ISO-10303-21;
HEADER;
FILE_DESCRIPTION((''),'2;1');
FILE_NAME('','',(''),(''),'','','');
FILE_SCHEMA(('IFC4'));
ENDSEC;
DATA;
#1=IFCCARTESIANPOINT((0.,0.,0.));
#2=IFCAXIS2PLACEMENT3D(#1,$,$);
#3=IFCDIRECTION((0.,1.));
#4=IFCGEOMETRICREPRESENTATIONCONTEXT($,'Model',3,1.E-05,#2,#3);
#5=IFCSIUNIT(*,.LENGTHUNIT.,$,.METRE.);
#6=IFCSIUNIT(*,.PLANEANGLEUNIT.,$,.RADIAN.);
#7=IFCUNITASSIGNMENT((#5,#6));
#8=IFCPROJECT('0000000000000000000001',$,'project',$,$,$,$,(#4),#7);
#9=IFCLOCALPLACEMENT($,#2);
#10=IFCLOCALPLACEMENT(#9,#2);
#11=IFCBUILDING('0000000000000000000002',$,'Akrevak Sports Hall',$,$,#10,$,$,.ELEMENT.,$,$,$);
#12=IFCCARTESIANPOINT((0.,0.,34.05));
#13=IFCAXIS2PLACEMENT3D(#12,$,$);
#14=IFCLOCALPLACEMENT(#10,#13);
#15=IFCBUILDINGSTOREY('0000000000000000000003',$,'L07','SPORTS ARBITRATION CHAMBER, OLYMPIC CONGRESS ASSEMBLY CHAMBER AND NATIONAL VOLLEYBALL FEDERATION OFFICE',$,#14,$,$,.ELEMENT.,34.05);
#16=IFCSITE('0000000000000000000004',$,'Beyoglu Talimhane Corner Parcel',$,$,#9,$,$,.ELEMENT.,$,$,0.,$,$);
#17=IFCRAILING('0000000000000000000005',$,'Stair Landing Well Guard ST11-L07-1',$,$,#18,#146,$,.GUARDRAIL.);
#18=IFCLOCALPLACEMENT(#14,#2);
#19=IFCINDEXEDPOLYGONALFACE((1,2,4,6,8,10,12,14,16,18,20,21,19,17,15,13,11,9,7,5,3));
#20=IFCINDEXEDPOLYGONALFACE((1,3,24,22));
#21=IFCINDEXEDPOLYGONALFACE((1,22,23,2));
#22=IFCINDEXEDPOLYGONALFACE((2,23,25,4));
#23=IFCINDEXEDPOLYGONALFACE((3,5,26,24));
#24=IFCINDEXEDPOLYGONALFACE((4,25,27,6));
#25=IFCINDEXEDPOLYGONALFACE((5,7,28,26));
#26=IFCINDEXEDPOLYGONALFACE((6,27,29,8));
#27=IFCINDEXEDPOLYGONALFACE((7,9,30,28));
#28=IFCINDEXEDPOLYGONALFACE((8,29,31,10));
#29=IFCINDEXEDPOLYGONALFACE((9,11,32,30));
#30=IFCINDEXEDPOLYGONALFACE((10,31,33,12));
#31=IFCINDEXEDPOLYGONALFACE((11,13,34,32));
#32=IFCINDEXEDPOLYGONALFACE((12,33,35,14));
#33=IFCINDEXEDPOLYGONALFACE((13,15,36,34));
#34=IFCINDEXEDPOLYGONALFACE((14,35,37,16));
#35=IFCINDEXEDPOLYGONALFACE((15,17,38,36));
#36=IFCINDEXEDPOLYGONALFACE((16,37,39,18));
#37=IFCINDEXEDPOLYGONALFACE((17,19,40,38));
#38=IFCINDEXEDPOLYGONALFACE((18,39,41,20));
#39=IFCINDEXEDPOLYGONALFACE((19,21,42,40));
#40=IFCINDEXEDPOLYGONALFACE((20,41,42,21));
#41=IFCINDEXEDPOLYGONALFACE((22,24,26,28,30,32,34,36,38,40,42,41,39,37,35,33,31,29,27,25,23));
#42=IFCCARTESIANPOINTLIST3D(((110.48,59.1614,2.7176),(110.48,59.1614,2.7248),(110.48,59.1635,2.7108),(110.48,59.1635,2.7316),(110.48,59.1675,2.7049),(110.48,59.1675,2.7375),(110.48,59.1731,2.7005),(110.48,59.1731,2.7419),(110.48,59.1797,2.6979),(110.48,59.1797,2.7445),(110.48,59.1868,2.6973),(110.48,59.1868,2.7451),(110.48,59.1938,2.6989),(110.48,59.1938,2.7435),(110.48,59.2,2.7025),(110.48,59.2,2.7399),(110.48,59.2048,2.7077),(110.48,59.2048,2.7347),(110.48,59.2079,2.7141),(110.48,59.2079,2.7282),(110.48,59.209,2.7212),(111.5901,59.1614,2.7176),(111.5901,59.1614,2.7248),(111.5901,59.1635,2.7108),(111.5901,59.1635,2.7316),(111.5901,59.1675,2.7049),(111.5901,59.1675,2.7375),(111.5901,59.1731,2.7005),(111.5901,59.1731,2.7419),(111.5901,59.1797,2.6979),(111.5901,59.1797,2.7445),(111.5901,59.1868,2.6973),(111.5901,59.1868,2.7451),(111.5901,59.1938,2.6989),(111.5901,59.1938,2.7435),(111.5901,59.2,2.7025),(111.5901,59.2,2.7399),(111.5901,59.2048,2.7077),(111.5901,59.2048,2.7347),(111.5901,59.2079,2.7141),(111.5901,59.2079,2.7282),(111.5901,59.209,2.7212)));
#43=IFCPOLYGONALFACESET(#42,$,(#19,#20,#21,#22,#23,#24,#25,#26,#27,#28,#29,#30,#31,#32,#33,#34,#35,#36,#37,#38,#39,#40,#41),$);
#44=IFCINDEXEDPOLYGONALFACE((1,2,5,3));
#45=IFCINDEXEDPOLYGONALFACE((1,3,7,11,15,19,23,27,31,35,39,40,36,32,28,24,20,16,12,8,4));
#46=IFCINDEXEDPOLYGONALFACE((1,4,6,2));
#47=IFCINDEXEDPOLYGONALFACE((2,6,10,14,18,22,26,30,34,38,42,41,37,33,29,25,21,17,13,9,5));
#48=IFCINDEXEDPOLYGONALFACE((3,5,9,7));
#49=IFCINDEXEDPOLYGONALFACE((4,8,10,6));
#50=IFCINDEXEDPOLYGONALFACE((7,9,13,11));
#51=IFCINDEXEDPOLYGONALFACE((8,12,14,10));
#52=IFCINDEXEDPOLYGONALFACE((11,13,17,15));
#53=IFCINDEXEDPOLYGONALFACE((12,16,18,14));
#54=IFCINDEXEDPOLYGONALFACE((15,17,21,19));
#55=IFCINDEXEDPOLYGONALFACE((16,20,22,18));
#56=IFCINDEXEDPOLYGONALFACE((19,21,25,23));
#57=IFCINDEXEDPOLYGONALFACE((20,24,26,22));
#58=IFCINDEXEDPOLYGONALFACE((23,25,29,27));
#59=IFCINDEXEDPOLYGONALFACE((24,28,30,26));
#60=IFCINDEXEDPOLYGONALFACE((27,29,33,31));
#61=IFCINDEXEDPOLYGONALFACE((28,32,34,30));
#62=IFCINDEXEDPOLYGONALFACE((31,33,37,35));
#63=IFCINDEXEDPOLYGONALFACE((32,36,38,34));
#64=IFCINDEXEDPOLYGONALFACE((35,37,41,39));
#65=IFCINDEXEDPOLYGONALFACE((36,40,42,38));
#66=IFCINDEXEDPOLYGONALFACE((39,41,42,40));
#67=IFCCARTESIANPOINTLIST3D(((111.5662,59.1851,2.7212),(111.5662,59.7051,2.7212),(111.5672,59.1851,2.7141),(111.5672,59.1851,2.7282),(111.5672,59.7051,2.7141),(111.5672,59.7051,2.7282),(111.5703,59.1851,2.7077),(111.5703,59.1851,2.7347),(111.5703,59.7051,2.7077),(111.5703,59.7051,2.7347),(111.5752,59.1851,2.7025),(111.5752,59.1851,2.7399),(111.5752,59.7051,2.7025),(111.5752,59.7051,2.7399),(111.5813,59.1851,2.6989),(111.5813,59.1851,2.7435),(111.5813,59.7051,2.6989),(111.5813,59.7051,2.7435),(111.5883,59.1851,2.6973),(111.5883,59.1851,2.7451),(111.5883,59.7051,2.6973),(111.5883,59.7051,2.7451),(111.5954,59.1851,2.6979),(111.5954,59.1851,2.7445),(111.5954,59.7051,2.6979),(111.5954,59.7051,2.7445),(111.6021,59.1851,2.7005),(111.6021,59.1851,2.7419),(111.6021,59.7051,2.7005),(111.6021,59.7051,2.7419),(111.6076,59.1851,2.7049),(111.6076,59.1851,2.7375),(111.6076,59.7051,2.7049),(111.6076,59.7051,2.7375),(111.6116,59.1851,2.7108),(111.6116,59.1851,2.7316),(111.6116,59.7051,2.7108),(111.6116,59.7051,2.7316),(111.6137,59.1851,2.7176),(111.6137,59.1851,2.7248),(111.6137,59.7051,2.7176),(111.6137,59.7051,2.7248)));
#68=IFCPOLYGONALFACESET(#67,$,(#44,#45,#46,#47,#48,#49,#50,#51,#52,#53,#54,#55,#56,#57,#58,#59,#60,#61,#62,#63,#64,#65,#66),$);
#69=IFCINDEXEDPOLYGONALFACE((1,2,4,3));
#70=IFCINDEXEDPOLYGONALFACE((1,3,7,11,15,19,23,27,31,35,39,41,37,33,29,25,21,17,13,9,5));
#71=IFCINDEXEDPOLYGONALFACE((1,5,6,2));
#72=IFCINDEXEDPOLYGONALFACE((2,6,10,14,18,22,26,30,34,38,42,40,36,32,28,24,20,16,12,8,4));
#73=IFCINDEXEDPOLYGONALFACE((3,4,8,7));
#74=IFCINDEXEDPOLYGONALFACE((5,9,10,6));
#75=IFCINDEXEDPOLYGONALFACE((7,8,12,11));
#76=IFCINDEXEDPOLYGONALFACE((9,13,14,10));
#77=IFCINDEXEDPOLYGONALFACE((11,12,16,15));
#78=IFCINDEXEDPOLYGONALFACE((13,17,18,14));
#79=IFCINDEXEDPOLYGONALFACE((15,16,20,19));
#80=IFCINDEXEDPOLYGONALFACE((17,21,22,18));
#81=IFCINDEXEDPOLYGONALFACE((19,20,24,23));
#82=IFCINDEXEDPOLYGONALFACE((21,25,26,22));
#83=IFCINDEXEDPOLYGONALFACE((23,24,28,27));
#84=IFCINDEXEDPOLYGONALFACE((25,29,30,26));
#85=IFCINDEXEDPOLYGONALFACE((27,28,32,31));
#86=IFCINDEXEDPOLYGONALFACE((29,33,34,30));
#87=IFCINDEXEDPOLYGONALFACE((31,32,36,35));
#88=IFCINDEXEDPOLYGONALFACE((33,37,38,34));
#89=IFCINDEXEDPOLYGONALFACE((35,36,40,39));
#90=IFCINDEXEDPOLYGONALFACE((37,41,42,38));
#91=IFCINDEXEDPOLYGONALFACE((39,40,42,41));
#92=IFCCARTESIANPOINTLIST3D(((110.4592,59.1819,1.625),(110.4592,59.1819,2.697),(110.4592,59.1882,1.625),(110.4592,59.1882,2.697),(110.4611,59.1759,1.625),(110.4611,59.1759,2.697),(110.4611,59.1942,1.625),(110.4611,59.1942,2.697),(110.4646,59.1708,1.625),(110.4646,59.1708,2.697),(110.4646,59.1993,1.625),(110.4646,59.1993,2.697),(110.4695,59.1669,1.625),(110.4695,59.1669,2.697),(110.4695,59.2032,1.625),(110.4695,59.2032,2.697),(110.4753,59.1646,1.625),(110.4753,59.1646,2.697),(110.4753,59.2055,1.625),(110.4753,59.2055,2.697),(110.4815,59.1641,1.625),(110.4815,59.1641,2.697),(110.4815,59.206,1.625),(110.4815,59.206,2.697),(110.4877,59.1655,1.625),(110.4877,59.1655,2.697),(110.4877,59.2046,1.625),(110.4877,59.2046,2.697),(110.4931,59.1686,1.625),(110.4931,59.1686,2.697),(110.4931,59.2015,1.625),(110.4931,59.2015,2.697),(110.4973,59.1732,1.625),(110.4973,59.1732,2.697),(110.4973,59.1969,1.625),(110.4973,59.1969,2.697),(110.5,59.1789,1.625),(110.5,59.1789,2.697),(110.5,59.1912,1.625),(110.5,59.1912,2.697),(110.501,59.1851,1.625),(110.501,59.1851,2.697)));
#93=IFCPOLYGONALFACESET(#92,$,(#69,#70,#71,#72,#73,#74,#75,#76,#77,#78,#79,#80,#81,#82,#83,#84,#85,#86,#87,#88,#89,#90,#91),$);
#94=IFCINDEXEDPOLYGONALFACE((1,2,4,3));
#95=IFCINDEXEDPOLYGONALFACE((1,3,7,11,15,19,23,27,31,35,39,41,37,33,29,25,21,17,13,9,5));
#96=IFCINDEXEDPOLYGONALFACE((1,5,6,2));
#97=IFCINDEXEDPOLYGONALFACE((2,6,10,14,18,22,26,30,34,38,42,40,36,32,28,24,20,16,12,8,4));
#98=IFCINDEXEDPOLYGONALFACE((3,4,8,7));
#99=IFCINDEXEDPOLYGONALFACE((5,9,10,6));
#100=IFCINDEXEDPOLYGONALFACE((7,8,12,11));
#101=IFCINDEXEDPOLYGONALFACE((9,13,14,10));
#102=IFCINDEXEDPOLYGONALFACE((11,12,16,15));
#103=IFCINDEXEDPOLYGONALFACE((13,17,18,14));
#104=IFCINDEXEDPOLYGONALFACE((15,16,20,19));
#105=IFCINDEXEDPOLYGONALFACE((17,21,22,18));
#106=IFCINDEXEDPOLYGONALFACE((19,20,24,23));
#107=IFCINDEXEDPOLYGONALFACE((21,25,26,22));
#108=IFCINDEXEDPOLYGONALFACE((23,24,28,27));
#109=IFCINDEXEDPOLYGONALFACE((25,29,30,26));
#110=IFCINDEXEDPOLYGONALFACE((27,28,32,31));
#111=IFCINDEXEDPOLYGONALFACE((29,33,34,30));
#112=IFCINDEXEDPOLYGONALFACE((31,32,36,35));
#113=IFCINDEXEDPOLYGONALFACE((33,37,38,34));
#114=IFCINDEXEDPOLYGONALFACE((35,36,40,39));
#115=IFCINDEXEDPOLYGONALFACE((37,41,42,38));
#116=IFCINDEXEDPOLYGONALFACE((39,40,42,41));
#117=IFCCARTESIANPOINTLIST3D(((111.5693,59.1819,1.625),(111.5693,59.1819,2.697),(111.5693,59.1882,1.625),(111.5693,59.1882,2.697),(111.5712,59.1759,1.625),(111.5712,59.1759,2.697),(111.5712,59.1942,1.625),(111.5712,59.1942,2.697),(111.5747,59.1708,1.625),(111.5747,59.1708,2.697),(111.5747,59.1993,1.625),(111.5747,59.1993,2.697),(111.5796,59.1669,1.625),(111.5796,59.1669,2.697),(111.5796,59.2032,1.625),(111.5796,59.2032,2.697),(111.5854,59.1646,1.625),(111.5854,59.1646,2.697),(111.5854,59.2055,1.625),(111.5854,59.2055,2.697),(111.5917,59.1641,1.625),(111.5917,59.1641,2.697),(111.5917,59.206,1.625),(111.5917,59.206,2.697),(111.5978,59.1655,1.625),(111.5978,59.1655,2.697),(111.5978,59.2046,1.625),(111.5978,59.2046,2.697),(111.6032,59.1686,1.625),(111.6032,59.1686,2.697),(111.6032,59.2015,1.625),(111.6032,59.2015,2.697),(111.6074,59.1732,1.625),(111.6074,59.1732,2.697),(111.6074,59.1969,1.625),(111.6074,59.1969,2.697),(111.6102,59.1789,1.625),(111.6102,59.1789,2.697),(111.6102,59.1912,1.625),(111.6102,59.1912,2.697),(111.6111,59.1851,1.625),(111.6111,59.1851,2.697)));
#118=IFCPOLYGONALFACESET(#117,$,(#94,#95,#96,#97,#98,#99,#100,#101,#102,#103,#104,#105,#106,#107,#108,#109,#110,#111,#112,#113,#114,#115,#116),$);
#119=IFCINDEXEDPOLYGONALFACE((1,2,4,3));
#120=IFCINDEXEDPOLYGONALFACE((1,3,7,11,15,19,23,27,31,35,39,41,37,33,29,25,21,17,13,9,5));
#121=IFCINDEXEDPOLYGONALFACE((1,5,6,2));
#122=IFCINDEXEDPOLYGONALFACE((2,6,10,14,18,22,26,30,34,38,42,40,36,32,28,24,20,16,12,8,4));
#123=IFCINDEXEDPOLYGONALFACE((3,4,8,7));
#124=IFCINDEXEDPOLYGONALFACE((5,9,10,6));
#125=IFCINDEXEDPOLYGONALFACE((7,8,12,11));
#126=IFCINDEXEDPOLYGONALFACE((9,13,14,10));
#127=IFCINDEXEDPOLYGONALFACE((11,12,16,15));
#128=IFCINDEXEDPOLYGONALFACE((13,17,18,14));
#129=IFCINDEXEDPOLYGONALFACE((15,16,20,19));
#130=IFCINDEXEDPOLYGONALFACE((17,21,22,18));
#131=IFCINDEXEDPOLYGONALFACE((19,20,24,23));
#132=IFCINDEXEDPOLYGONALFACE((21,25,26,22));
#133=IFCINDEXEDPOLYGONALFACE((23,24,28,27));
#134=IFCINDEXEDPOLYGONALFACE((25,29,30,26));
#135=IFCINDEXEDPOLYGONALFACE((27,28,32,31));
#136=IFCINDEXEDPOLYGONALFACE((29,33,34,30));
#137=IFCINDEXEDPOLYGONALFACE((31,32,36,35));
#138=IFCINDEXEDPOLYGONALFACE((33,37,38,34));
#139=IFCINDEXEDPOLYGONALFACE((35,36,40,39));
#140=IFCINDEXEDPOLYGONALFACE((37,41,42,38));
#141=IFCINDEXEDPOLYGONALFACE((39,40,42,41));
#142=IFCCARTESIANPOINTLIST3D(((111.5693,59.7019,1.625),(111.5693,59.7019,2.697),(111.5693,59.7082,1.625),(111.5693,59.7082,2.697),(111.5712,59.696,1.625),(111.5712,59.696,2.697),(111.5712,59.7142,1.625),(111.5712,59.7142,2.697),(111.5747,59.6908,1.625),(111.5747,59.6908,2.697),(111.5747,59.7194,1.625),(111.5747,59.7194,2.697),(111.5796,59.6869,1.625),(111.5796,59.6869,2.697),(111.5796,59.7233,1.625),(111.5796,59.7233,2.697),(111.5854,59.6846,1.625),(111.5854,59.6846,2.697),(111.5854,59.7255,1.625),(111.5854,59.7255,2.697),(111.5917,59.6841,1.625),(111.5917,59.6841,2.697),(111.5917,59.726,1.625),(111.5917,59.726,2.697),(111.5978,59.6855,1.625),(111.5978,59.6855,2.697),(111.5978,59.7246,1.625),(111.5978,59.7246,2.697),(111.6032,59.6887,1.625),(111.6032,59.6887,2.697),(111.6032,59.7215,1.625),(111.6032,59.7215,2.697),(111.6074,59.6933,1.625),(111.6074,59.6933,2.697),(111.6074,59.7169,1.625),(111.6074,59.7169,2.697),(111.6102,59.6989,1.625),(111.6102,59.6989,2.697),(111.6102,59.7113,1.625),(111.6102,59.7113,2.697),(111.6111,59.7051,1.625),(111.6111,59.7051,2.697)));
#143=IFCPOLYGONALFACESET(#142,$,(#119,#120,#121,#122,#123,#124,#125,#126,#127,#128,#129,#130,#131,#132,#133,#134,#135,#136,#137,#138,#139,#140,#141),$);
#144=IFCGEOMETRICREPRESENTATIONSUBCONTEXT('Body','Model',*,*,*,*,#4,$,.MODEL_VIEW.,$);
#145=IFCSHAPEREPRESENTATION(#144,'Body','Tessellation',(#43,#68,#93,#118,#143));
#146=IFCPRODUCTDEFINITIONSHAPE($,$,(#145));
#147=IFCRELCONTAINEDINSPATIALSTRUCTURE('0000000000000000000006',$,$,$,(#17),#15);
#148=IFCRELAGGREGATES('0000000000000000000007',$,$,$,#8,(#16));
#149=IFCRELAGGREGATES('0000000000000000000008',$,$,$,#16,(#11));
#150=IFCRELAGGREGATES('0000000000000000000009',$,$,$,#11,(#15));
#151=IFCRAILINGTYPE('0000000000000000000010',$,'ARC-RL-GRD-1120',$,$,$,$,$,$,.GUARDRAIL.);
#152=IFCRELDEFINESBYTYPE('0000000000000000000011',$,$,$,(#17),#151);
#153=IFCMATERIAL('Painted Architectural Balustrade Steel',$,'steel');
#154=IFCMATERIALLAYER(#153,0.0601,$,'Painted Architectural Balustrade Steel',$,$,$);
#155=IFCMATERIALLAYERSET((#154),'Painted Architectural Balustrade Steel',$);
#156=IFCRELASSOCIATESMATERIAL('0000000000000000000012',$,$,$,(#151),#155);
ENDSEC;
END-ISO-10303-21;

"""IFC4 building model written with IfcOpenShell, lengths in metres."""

from ifc_helpers import new_model, si_unit, direction, frame, origin, origin_2d, place, context, subcontext, project, spatial, circle, extrude, material, layer, layer_set, type_object, element, save


model = new_model("IFC4")

# Units and contexts
model_context = context("Model", 3, precision=1e-05, world=origin(), true_north=direction((0.0, 1.0)))
body_context = subcontext(model_context, "Body", "Model", "MODEL_VIEW")
ifc_project = project(units=[si_unit("LENGTHUNIT", "METRE"), si_unit("PLANEANGLEUNIT", "RADIAN")], contexts=[model_context])

# Site, building, storey
site_placement = place(None, origin())
site = spatial("IfcSite", under=ifc_project, at=site_placement, Name="Beyoglu Talimhane Corner Parcel", CompositionType="ELEMENT", RefElevation=0.0)
building_placement = place(site_placement, origin())
building = spatial("IfcBuilding", under=site, at=building_placement, Name="Akrevak Sports Hall", CompositionType="ELEMENT")
storey_placement = place(building_placement, frame((0.0, 0.0, 34.05)))
storey = spatial("IfcBuildingStorey", under=building, at=storey_placement, Name="L07", Description="SPORTS ARBITRATION CHAMBER, OLYMPIC CONGRESS ASSEMBLY CHAMBER AND NATIONAL VOLLEYBALL FEDERATION OFFICE", CompositionType="ELEMENT", Elevation=34.05)

# Railing
ifc_material_1 = material(Name="Painted Architectural Balustrade Steel", Category="steel")
ifc_layer_1 = layer(ifc_material_1, 0.0601, Name="Painted Architectural Balustrade Steel")
ifc_layer_set_1 = layer_set([ifc_layer_1], Name="Painted Architectural Balustrade Steel")
railing_type_1 = type_object("IfcRailingType", Name="ARC-RL-GRD-1120", PredefinedType="GUARDRAIL", material=ifc_layer_set_1)
railing_1_placement = place(storey_placement, frame((110.48, 59.1851, 1.625)))
element("IfcRailing", 1, at=railing_1_placement, inside=storey, type_object=railing_type_1, Name="Stair Landing Well Guard ST11-L07-1", PredefinedType="GUARDRAIL", context=body_context, shape_type="SweptSolid", body=[
    extrude(circle(Radius=0.0239, at=origin_2d()), frame((0.0, 0.0, 1.0962), z_axis=(1.0, 0.0, 0.0), x_axis=(0.0, 1.0, 0.0)), (0.0, 0.0, 1.0), 1.1101),
    extrude(circle(Radius=0.0239, at=origin_2d()), frame((1.1101, 0.0, 1.0962), z_axis=(0.0, 1.0, 0.0), x_axis=(-1.0, 0.0, 0.0)), (0.0, 0.0, 1.0), 0.52),
    extrude(circle(Radius=0.021, at=origin_2d()), origin(), (0.0, 0.0, 1.0), 1.072),
    extrude(circle(Radius=0.021, at=origin_2d()), frame((1.1101, 0.0, 0.0)), (0.0, 0.0, 1.0), 1.072),
    extrude(circle(Radius=0.021, at=origin_2d()), frame((1.1101, 0.52, 0.0)), (0.0, 0.0, 1.0), 1.072),
])

save(model, "model.ifc")
